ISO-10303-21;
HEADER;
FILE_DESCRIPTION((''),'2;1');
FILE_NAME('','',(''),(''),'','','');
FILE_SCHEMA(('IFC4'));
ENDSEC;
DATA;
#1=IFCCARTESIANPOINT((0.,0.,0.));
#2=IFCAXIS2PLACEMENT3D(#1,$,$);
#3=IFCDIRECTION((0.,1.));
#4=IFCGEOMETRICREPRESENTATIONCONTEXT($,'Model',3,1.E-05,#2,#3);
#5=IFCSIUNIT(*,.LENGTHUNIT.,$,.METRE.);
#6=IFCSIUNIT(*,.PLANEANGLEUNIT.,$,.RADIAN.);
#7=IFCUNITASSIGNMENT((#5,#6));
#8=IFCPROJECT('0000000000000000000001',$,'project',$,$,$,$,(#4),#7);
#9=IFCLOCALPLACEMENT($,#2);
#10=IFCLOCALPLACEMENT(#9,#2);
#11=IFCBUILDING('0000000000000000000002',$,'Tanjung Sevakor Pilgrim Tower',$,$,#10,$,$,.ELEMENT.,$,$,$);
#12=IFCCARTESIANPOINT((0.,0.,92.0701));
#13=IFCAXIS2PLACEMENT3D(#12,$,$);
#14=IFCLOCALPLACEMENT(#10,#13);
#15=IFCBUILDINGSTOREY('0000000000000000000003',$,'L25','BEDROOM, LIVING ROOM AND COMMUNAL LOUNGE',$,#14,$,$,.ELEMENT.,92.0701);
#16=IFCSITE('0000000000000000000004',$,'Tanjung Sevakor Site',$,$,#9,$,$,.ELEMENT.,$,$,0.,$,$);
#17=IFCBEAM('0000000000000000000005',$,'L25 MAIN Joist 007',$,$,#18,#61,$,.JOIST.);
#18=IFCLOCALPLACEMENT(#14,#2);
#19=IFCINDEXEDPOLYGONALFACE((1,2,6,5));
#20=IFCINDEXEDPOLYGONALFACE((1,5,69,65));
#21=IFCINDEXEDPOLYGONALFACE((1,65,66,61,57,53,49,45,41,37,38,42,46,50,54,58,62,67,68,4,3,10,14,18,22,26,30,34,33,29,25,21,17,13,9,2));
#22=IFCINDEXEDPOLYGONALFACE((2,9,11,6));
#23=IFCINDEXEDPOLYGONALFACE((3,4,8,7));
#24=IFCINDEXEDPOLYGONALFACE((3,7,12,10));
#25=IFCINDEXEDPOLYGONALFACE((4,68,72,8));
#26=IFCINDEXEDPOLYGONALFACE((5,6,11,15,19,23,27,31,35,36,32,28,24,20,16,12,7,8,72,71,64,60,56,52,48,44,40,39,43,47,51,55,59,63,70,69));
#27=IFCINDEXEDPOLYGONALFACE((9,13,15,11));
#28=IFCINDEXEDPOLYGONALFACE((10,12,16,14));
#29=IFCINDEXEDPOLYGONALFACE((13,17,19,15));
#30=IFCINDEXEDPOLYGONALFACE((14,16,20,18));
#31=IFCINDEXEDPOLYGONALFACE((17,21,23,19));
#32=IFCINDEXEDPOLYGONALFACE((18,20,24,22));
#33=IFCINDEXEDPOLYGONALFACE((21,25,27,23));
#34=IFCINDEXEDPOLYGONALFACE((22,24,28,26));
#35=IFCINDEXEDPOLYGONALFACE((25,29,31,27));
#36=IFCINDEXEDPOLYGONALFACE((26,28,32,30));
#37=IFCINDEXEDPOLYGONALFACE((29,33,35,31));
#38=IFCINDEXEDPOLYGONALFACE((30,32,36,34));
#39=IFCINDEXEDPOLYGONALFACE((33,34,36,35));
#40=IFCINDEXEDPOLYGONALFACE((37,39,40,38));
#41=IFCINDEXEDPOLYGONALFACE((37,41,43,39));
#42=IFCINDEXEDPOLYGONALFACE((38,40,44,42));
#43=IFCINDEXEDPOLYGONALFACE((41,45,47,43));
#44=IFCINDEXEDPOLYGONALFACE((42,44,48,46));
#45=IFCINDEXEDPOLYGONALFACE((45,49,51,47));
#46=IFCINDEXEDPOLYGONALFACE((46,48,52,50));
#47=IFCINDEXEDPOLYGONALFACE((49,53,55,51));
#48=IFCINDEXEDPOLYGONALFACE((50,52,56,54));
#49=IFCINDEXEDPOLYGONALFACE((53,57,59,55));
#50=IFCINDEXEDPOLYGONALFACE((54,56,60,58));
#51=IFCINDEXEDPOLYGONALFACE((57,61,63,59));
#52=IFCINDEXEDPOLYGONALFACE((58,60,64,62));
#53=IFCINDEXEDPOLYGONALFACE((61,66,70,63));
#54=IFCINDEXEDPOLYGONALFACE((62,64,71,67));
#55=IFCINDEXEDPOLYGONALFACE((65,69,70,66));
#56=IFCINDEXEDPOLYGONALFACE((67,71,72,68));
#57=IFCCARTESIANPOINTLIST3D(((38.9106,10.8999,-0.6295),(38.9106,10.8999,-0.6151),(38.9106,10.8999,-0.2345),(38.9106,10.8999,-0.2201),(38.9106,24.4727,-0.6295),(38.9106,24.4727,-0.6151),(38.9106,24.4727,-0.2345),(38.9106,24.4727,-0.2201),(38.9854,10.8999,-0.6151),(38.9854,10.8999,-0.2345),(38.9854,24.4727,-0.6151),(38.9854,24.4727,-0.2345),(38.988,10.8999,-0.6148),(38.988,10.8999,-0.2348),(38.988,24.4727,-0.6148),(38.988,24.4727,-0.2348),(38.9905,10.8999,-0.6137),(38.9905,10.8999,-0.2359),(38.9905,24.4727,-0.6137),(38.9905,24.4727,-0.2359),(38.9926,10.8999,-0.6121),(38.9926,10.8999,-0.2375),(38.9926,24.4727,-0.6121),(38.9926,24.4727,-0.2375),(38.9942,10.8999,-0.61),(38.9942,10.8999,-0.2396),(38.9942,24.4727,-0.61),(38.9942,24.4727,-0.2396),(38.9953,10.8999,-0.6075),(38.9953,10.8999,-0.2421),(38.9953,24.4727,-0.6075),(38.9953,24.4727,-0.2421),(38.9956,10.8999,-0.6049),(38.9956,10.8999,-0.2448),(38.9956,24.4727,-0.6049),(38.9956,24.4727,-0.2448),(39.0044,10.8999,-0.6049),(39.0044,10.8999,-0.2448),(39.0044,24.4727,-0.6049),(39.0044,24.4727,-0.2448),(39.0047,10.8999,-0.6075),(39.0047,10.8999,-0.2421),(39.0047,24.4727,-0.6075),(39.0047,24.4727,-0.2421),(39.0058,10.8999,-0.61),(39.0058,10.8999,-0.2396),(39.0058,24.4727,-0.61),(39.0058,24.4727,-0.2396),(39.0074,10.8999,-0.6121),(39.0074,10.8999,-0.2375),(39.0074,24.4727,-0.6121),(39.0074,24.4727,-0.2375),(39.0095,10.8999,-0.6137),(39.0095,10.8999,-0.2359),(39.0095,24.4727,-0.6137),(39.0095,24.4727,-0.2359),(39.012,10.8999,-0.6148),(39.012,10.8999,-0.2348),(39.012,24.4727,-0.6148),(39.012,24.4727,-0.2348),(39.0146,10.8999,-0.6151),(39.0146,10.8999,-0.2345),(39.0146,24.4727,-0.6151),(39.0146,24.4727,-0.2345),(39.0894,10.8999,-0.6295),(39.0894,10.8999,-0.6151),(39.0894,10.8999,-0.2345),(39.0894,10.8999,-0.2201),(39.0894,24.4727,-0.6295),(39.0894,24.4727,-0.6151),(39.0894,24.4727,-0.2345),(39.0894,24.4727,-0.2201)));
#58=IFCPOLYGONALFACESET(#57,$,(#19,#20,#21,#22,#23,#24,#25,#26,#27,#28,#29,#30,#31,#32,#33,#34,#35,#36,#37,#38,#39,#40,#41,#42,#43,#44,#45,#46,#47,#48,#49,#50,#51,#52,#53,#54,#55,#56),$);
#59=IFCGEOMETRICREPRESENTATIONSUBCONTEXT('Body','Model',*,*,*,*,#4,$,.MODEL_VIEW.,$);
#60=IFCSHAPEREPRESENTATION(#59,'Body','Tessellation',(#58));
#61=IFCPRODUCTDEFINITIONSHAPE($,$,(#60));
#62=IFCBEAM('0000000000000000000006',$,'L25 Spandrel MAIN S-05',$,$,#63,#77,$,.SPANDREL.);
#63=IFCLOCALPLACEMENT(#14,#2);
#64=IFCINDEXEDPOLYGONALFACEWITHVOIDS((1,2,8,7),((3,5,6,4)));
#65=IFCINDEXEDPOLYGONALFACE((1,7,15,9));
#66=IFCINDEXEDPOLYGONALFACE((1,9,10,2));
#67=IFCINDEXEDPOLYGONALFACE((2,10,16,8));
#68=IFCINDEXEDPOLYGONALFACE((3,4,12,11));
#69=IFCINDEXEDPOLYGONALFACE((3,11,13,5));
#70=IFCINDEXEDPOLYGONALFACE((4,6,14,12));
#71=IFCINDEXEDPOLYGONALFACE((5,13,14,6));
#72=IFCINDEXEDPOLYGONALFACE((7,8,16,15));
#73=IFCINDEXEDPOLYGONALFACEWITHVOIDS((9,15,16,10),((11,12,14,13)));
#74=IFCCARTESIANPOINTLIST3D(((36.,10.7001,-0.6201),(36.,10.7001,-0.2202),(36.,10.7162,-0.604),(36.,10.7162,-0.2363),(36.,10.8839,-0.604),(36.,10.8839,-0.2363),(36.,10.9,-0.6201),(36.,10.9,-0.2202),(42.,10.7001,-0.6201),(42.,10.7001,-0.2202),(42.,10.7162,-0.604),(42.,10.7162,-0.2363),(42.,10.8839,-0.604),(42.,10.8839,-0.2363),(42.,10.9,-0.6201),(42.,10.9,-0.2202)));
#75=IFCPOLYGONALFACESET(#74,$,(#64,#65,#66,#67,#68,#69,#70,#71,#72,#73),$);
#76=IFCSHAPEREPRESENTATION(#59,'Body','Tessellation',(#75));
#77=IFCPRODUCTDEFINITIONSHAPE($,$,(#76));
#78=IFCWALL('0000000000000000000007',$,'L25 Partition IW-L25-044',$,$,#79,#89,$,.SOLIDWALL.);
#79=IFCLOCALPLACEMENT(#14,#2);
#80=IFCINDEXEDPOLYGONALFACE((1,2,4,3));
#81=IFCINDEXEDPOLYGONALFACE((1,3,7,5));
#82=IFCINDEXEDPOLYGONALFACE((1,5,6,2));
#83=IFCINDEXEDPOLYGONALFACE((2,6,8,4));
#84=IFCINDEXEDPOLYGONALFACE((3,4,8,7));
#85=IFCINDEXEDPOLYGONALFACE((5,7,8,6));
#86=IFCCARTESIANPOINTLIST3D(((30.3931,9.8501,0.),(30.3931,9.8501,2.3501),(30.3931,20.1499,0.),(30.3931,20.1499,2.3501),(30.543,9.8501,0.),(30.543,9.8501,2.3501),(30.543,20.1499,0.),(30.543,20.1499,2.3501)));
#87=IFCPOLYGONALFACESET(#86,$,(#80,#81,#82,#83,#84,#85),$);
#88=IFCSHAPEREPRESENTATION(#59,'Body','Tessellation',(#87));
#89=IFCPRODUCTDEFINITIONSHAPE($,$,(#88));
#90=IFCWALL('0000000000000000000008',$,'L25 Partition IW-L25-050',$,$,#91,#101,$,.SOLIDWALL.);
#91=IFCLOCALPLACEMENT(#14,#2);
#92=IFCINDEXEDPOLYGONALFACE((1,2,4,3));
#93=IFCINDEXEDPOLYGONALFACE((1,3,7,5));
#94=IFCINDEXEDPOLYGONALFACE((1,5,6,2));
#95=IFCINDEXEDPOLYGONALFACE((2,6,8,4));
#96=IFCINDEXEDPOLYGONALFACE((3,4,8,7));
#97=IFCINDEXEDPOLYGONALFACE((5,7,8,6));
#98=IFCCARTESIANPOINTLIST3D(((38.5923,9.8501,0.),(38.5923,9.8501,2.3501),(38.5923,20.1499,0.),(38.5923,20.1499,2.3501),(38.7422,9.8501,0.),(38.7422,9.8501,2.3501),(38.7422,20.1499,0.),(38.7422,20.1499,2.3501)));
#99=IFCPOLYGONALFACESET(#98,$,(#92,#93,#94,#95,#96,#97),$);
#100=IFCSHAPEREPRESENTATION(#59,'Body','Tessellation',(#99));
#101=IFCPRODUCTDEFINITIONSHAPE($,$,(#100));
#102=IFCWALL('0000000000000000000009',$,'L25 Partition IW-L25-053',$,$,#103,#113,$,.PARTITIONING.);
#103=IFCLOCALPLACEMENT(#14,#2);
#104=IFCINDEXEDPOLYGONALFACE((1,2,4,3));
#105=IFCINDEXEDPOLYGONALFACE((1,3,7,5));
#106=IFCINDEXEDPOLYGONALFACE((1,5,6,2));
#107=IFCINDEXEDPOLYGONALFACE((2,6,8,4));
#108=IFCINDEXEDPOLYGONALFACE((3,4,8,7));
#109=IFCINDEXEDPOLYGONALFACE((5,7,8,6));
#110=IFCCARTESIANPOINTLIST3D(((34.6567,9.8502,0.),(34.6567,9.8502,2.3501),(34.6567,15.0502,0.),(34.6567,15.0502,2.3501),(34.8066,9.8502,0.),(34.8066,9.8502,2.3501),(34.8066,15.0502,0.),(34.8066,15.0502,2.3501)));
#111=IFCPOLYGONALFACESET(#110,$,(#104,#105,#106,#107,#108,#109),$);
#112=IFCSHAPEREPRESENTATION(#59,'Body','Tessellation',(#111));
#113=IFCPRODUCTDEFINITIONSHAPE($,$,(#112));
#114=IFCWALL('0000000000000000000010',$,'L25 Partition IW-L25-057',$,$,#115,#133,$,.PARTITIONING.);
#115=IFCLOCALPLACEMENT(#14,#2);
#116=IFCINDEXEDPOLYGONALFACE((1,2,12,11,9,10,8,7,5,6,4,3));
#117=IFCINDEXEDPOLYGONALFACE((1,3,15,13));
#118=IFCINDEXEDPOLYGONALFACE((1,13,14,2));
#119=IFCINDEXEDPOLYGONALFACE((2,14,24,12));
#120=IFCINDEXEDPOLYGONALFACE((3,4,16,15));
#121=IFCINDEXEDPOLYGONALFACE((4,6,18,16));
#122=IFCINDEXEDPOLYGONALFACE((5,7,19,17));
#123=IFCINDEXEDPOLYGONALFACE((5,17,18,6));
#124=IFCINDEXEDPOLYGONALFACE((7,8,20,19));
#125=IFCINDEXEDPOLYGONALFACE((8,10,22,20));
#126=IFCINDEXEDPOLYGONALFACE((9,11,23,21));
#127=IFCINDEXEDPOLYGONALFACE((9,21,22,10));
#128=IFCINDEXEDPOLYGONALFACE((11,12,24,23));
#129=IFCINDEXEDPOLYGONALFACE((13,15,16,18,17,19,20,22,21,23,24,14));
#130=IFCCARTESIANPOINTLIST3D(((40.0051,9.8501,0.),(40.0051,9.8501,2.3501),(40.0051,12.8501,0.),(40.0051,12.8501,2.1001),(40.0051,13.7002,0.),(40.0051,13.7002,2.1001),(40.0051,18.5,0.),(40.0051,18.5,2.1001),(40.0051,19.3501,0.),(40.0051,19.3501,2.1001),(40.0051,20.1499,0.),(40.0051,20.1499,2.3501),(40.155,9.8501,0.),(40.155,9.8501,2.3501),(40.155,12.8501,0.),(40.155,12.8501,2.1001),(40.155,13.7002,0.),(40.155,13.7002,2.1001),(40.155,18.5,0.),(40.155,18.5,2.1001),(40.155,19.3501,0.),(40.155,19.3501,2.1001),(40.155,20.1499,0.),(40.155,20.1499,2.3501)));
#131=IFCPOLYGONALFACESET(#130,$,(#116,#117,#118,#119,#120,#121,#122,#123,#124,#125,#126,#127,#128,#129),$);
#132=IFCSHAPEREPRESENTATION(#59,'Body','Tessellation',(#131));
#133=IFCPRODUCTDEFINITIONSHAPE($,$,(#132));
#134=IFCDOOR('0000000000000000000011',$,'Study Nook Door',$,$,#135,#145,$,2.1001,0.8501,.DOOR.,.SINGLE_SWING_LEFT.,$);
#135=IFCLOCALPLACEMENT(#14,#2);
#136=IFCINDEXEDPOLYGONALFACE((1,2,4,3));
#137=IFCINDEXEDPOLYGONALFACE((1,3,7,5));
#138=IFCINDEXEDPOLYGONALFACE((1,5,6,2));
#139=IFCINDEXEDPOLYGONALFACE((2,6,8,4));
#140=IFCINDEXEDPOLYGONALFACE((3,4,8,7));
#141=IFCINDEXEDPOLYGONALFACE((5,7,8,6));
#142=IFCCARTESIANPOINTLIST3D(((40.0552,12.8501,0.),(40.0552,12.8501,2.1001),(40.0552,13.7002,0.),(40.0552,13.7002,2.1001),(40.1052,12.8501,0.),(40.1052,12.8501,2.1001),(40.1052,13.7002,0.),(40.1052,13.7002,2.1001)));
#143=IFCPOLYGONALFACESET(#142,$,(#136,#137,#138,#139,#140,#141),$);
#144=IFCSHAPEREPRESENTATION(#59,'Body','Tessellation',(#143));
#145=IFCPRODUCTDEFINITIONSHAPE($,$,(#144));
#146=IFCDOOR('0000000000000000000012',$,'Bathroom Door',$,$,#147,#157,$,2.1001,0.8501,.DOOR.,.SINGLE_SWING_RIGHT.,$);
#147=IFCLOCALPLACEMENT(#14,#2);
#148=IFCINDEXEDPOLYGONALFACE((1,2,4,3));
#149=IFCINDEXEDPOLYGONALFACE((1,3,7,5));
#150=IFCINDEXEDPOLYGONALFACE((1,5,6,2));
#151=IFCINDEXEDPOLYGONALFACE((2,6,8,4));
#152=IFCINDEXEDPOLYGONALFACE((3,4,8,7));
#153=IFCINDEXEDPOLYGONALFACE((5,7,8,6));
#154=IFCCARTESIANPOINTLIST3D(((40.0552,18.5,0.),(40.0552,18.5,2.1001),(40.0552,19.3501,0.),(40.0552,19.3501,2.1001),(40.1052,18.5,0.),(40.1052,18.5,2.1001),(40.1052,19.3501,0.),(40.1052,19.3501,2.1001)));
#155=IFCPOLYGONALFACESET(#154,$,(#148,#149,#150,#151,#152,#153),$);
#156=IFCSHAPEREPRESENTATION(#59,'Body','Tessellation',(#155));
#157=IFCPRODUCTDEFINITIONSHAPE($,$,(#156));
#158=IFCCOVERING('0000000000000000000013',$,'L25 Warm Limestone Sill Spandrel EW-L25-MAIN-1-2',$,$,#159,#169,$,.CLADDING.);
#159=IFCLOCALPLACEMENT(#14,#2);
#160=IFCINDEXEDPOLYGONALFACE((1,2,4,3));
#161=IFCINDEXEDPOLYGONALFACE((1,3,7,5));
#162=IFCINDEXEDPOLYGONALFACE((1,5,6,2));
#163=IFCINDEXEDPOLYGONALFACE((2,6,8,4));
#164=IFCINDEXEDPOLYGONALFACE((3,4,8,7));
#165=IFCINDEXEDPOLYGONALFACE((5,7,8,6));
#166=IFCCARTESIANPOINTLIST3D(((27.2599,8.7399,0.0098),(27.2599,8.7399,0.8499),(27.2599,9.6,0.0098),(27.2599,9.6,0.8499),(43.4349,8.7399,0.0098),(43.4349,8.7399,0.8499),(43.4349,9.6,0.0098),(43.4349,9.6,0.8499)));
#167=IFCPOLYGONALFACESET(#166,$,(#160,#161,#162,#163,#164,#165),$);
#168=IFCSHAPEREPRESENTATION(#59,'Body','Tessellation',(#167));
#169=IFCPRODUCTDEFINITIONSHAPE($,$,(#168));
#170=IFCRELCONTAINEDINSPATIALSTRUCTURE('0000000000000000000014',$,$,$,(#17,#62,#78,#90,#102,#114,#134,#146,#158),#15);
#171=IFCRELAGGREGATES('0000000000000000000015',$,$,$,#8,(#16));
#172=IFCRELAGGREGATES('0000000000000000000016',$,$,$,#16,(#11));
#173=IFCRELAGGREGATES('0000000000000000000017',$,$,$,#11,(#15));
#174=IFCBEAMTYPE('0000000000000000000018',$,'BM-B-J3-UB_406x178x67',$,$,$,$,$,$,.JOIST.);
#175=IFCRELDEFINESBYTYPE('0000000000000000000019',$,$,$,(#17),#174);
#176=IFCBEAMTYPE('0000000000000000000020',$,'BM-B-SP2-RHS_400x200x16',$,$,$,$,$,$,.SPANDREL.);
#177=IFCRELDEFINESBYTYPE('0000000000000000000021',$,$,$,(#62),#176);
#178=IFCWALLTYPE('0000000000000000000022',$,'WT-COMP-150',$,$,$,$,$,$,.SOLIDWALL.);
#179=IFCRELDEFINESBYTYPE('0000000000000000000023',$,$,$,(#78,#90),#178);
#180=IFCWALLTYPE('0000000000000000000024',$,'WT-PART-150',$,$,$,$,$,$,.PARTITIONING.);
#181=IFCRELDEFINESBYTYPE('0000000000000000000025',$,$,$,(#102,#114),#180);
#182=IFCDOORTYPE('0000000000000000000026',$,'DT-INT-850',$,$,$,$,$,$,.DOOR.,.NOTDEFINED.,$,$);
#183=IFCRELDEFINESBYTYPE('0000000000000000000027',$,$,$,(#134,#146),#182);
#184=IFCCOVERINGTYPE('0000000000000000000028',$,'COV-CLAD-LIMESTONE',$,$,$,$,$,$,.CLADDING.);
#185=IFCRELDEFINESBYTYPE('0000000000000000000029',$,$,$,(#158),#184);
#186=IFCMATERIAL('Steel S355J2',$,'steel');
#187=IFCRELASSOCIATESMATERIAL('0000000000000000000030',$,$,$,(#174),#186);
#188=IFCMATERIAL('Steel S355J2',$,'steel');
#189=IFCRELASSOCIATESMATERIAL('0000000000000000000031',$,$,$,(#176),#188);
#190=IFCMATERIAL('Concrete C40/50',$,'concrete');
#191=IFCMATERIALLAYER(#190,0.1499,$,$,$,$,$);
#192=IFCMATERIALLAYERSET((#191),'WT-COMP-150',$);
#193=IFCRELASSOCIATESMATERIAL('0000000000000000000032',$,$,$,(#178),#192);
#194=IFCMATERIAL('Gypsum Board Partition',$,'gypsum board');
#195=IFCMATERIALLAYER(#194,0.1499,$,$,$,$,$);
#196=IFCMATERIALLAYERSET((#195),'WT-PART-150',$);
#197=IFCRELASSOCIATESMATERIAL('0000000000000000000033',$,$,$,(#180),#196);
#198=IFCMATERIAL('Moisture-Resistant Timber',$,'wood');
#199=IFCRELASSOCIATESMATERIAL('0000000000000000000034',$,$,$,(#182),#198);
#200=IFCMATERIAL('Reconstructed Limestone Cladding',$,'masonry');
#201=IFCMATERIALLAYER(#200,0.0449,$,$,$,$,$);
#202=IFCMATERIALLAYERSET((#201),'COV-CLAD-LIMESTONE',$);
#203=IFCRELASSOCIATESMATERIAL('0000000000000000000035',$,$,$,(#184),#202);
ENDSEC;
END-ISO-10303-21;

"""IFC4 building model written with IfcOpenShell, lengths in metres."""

from ifc_helpers import new_model, si_unit, direction, frame, frame_2d, origin, origin_2d, place, context, subcontext, project, spatial, rectangle, hollow_rectangle, i_section, extrude, material, layer, layer_set, material_profile, profile_set, type_object, element, fill, save


model = new_model("IFC4")

# Units and contexts
model_context = context("Model", 3, precision=1e-05, world=origin(), true_north=direction((0.0, 1.0)))
body_context = subcontext(model_context, "Body", "Model", "MODEL_VIEW")
ifc_project = project(units=[si_unit("LENGTHUNIT", "METRE"), si_unit("PLANEANGLEUNIT", "RADIAN")], contexts=[model_context])

# Site, building, storey
site_placement = place(None, origin())
site = spatial("IfcSite", under=ifc_project, at=site_placement, Name="Tanjung Sevakor Site", CompositionType="ELEMENT", RefElevation=0.0)
building_placement = place(site_placement, origin())
building = spatial("IfcBuilding", under=site, at=building_placement, Name="Tanjung Sevakor Pilgrim Tower", CompositionType="ELEMENT")
storey_placement = place(building_placement, frame((0.0, 0.0, 92.0701)))
storey = spatial("IfcBuildingStorey", under=building, at=storey_placement, Name="L25", Description="BEDROOM, LIVING ROOM AND COMMUNAL LOUNGE", CompositionType="ELEMENT", Elevation=92.0701)

# Beams
ifc_material_1 = material(Name="Steel S355J2", Category="steel")
ifc_material_profile_1 = material_profile(ifc_material_1, i_section(OverallWidth=0.1787, OverallDepth=0.4094, WebThickness=0.0088, FlangeThickness=0.0144, FilletRadius=0.0103, at=origin_2d()))
ifc_profile_set_1 = profile_set([ifc_material_profile_1], Name="Steel S355J2")
beam_type_1 = type_object("IfcBeamType", Name="BM-B-J3-UB_406x178x67", PredefinedType="JOIST", material=ifc_profile_set_1)
for number, where, z_axis, x_axis, name in (
    (1, (39.0, 10.8999, -0.4248), (0.0, 1.0, 0.0), (-1.0, 0.0, 0.0), "L25 MAIN Joist 007"),
):
    element("IfcBeam", number, at=place(storey_placement, frame(where, z_axis=z_axis, x_axis=x_axis)), inside=storey, type_object=beam_type_1, Name=name, PredefinedType="JOIST", context=body_context, shape_type="SweptSolid", body=[
        extrude(i_section(OverallWidth=0.1787, OverallDepth=0.4094, WebThickness=0.0088, FlangeThickness=0.0144, FilletRadius=0.0103, at=origin_2d()), origin(), (0.0, 0.0, 1.0), 13.5728),
    ])
ifc_material_2 = material(Name="Steel S355J2", Category="steel")
ifc_material_profile_2 = material_profile(ifc_material_2, hollow_rectangle(XDim=0.2, YDim=0.3999, WallThickness=0.0161, at=origin_2d()))
ifc_profile_set_2 = profile_set([ifc_material_profile_2], Name="Steel S355J2")
beam_type_2 = type_object("IfcBeamType", Name="BM-B-SP2-RHS_400x200x16", PredefinedType="SPANDREL", material=ifc_profile_set_2)
beam_1_placement = place(storey_placement, frame((36.0, 10.8, -0.4202), z_axis=(1.0, 0.0, 0.0), x_axis=(0.0, 1.0, 0.0)))
element("IfcBeam", 2, at=beam_1_placement, inside=storey, type_object=beam_type_2, Name="L25 Spandrel MAIN S-05", PredefinedType="SPANDREL", context=body_context, shape_type="SweptSolid", body=[
    extrude(hollow_rectangle(XDim=0.2, YDim=0.3999, WallThickness=0.0161, at=origin_2d()), origin(), (0.0, 0.0, 1.0), 6.0),
])

# Walls
ifc_material_3 = material(Name="Concrete C40/50", Category="concrete")
ifc_layer_1 = layer(ifc_material_3, 0.1499)
ifc_layer_set_1 = layer_set([ifc_layer_1], Name="WT-COMP-150")
wall_type_1 = type_object("IfcWallType", Name="WT-COMP-150", PredefinedType="SOLIDWALL", material=ifc_layer_set_1)
for number, where, z_axis, x_axis, name in (
    (3, (30.468, 9.8501, 0.0), (0.0, 0.0, 1.0), (0.0, 1.0, 0.0), "L25 Partition IW-L25-044"),
    (4, (38.6672, 9.8501, 0.0), (0.0, 0.0, 1.0), (0.0, 1.0, 0.0), "L25 Partition IW-L25-050"),
):
    element("IfcWall", number, at=place(storey_placement, frame(where, z_axis=z_axis, x_axis=x_axis)), inside=storey, type_object=wall_type_1, Name=name, PredefinedType="SOLIDWALL", context=body_context, shape_type="SweptSolid", body=[
        extrude(rectangle(XDim=10.2998, YDim=0.1499, at=frame_2d((5.1499, 0.0))), origin(), (0.0, 0.0, 1.0), 2.3501),
    ])
ifc_material_4 = material(Name="Gypsum Board Partition", Category="gypsum board")
ifc_layer_2 = layer(ifc_material_4, 0.1499)
ifc_layer_set_2 = layer_set([ifc_layer_2], Name="WT-PART-150")
wall_type_2 = type_object("IfcWallType", Name="WT-PART-150", PredefinedType="PARTITIONING", material=ifc_layer_set_2)
wall_1_placement = place(storey_placement, frame((34.7317, 9.8501, 0.0), z_axis=(0.0, 0.0, 1.0), x_axis=(0.0, 1.0, 0.0)))
element("IfcWall", 5, at=wall_1_placement, inside=storey, type_object=wall_type_2, Name="L25 Partition IW-L25-053", PredefinedType="PARTITIONING", context=body_context, shape_type="SweptSolid", body=[
    extrude(rectangle(XDim=5.2, YDim=0.1499, at=frame_2d((2.6001, 0.0))), origin(), (0.0, 0.0, 1.0), 2.3501),
])

# Wall, openings, doors
wall_2_placement = place(storey_placement, frame((40.0801, 9.8501, 0.0), z_axis=(0.0, 0.0, 1.0), x_axis=(0.0, 1.0, 0.0)))
wall_2 = element("IfcWall", 6, at=wall_2_placement, inside=storey, type_object=wall_type_2, Name="L25 Partition IW-L25-057", PredefinedType="PARTITIONING", context=body_context, shape_type="SweptSolid", body=[
    extrude(rectangle(XDim=10.2998, YDim=0.1499, at=frame_2d((5.1499, 0.0))), origin(), (0.0, 0.0, 1.0), 2.3501),
])
opening_1_placement = place(wall_2_placement, frame((3.0, 0.0, 0.0)))
opening_1 = element("IfcOpeningElement", 7, at=opening_1_placement, cuts=wall_2, PredefinedType="OPENING", context=body_context, shape_type="SweptSolid", body=[
    extrude(rectangle(XDim=0.8501, YDim=2.1001, at=frame_2d((0.425, 1.05))), frame((0.0, 0.085, 0.0), z_axis=(0.0, -1.0, 0.0), x_axis=(1.0, 0.0, 0.0)), (0.0, 0.0, 1.0), 0.1699),
])
opening_2_placement = place(wall_2_placement, frame((8.6499, 0.0, 0.0)))
opening_2 = element("IfcOpeningElement", 8, at=opening_2_placement, cuts=wall_2, PredefinedType="OPENING", context=body_context, shape_type="SweptSolid", body=[
    extrude(rectangle(XDim=0.8501, YDim=2.1001, at=frame_2d((0.425, 1.05))), frame((0.0, 0.085, 0.0), z_axis=(0.0, -1.0, 0.0), x_axis=(1.0, 0.0, 0.0)), (0.0, 0.0, 1.0), 0.1699),
])
ifc_material_5 = material(Name="Moisture-Resistant Timber", Category="wood")
door_type = type_object("IfcDoorType", Name="DT-INT-850", OperationType="NOTDEFINED", PredefinedType="DOOR", material=ifc_material_5)
door_1_placement = place(opening_1_placement, origin())
door_1 = element("IfcDoor", 9, at=door_1_placement, inside=storey, type_object=door_type, Name="Study Nook Door", OperationType="SINGLE_SWING_LEFT", OverallHeight=2.1001, OverallWidth=0.8501, PredefinedType="DOOR", context=body_context, shape_type="SweptSolid", body=[
    extrude(rectangle(XDim=0.8501, YDim=2.1001, at=frame_2d((0.425, 1.05))), frame((0.0, 0.0249, 0.0), z_axis=(0.0, -1.0, 0.0), x_axis=(1.0, 0.0, 0.0)), (0.0, 0.0, 1.0), 0.05),
])
fill(opening_1, door_1)
door_2_placement = place(opening_2_placement, origin())
door_2 = element("IfcDoor", 10, at=door_2_placement, inside=storey, type_object=door_type, Name="Bathroom Door", OperationType="SINGLE_SWING_RIGHT", OverallHeight=2.1001, OverallWidth=0.8501, PredefinedType="DOOR", context=body_context, shape_type="SweptSolid", body=[
    extrude(rectangle(XDim=0.8501, YDim=2.1001, at=frame_2d((0.425, 1.05))), frame((0.0, 0.0249, 0.0), z_axis=(0.0, -1.0, 0.0), x_axis=(1.0, 0.0, 0.0)), (0.0, 0.0, 1.0), 0.05),
])
fill(opening_2, door_2)

# Covering
ifc_material_6 = material(Name="Reconstructed Limestone Cladding", Category="masonry")
ifc_layer_3 = layer(ifc_material_6, 0.0449)
ifc_layer_set_3 = layer_set([ifc_layer_3], Name="COV-CLAD-LIMESTONE")
covering_type = type_object("IfcCoveringType", Name="COV-CLAD-LIMESTONE", PredefinedType="CLADDING", material=ifc_layer_set_3)
covering_placement = place(storey_placement, frame((35.3474, 9.1699, 0.0098), z_axis=(0.0, 0.0, 1.0), x_axis=(1.0, 0.0, 0.0)))
element("IfcCovering", 11, at=covering_placement, inside=storey, type_object=covering_type, Name="L25 Warm Limestone Sill Spandrel EW-L25-MAIN-1-2", PredefinedType="CLADDING", context=body_context, shape_type="SweptSolid", body=[
    extrude(rectangle(XDim=16.175, YDim=0.8601, at=origin_2d()), origin(), (0.0, 0.0, 1.0), 0.8401),
])

save(model, "model.ifc")
